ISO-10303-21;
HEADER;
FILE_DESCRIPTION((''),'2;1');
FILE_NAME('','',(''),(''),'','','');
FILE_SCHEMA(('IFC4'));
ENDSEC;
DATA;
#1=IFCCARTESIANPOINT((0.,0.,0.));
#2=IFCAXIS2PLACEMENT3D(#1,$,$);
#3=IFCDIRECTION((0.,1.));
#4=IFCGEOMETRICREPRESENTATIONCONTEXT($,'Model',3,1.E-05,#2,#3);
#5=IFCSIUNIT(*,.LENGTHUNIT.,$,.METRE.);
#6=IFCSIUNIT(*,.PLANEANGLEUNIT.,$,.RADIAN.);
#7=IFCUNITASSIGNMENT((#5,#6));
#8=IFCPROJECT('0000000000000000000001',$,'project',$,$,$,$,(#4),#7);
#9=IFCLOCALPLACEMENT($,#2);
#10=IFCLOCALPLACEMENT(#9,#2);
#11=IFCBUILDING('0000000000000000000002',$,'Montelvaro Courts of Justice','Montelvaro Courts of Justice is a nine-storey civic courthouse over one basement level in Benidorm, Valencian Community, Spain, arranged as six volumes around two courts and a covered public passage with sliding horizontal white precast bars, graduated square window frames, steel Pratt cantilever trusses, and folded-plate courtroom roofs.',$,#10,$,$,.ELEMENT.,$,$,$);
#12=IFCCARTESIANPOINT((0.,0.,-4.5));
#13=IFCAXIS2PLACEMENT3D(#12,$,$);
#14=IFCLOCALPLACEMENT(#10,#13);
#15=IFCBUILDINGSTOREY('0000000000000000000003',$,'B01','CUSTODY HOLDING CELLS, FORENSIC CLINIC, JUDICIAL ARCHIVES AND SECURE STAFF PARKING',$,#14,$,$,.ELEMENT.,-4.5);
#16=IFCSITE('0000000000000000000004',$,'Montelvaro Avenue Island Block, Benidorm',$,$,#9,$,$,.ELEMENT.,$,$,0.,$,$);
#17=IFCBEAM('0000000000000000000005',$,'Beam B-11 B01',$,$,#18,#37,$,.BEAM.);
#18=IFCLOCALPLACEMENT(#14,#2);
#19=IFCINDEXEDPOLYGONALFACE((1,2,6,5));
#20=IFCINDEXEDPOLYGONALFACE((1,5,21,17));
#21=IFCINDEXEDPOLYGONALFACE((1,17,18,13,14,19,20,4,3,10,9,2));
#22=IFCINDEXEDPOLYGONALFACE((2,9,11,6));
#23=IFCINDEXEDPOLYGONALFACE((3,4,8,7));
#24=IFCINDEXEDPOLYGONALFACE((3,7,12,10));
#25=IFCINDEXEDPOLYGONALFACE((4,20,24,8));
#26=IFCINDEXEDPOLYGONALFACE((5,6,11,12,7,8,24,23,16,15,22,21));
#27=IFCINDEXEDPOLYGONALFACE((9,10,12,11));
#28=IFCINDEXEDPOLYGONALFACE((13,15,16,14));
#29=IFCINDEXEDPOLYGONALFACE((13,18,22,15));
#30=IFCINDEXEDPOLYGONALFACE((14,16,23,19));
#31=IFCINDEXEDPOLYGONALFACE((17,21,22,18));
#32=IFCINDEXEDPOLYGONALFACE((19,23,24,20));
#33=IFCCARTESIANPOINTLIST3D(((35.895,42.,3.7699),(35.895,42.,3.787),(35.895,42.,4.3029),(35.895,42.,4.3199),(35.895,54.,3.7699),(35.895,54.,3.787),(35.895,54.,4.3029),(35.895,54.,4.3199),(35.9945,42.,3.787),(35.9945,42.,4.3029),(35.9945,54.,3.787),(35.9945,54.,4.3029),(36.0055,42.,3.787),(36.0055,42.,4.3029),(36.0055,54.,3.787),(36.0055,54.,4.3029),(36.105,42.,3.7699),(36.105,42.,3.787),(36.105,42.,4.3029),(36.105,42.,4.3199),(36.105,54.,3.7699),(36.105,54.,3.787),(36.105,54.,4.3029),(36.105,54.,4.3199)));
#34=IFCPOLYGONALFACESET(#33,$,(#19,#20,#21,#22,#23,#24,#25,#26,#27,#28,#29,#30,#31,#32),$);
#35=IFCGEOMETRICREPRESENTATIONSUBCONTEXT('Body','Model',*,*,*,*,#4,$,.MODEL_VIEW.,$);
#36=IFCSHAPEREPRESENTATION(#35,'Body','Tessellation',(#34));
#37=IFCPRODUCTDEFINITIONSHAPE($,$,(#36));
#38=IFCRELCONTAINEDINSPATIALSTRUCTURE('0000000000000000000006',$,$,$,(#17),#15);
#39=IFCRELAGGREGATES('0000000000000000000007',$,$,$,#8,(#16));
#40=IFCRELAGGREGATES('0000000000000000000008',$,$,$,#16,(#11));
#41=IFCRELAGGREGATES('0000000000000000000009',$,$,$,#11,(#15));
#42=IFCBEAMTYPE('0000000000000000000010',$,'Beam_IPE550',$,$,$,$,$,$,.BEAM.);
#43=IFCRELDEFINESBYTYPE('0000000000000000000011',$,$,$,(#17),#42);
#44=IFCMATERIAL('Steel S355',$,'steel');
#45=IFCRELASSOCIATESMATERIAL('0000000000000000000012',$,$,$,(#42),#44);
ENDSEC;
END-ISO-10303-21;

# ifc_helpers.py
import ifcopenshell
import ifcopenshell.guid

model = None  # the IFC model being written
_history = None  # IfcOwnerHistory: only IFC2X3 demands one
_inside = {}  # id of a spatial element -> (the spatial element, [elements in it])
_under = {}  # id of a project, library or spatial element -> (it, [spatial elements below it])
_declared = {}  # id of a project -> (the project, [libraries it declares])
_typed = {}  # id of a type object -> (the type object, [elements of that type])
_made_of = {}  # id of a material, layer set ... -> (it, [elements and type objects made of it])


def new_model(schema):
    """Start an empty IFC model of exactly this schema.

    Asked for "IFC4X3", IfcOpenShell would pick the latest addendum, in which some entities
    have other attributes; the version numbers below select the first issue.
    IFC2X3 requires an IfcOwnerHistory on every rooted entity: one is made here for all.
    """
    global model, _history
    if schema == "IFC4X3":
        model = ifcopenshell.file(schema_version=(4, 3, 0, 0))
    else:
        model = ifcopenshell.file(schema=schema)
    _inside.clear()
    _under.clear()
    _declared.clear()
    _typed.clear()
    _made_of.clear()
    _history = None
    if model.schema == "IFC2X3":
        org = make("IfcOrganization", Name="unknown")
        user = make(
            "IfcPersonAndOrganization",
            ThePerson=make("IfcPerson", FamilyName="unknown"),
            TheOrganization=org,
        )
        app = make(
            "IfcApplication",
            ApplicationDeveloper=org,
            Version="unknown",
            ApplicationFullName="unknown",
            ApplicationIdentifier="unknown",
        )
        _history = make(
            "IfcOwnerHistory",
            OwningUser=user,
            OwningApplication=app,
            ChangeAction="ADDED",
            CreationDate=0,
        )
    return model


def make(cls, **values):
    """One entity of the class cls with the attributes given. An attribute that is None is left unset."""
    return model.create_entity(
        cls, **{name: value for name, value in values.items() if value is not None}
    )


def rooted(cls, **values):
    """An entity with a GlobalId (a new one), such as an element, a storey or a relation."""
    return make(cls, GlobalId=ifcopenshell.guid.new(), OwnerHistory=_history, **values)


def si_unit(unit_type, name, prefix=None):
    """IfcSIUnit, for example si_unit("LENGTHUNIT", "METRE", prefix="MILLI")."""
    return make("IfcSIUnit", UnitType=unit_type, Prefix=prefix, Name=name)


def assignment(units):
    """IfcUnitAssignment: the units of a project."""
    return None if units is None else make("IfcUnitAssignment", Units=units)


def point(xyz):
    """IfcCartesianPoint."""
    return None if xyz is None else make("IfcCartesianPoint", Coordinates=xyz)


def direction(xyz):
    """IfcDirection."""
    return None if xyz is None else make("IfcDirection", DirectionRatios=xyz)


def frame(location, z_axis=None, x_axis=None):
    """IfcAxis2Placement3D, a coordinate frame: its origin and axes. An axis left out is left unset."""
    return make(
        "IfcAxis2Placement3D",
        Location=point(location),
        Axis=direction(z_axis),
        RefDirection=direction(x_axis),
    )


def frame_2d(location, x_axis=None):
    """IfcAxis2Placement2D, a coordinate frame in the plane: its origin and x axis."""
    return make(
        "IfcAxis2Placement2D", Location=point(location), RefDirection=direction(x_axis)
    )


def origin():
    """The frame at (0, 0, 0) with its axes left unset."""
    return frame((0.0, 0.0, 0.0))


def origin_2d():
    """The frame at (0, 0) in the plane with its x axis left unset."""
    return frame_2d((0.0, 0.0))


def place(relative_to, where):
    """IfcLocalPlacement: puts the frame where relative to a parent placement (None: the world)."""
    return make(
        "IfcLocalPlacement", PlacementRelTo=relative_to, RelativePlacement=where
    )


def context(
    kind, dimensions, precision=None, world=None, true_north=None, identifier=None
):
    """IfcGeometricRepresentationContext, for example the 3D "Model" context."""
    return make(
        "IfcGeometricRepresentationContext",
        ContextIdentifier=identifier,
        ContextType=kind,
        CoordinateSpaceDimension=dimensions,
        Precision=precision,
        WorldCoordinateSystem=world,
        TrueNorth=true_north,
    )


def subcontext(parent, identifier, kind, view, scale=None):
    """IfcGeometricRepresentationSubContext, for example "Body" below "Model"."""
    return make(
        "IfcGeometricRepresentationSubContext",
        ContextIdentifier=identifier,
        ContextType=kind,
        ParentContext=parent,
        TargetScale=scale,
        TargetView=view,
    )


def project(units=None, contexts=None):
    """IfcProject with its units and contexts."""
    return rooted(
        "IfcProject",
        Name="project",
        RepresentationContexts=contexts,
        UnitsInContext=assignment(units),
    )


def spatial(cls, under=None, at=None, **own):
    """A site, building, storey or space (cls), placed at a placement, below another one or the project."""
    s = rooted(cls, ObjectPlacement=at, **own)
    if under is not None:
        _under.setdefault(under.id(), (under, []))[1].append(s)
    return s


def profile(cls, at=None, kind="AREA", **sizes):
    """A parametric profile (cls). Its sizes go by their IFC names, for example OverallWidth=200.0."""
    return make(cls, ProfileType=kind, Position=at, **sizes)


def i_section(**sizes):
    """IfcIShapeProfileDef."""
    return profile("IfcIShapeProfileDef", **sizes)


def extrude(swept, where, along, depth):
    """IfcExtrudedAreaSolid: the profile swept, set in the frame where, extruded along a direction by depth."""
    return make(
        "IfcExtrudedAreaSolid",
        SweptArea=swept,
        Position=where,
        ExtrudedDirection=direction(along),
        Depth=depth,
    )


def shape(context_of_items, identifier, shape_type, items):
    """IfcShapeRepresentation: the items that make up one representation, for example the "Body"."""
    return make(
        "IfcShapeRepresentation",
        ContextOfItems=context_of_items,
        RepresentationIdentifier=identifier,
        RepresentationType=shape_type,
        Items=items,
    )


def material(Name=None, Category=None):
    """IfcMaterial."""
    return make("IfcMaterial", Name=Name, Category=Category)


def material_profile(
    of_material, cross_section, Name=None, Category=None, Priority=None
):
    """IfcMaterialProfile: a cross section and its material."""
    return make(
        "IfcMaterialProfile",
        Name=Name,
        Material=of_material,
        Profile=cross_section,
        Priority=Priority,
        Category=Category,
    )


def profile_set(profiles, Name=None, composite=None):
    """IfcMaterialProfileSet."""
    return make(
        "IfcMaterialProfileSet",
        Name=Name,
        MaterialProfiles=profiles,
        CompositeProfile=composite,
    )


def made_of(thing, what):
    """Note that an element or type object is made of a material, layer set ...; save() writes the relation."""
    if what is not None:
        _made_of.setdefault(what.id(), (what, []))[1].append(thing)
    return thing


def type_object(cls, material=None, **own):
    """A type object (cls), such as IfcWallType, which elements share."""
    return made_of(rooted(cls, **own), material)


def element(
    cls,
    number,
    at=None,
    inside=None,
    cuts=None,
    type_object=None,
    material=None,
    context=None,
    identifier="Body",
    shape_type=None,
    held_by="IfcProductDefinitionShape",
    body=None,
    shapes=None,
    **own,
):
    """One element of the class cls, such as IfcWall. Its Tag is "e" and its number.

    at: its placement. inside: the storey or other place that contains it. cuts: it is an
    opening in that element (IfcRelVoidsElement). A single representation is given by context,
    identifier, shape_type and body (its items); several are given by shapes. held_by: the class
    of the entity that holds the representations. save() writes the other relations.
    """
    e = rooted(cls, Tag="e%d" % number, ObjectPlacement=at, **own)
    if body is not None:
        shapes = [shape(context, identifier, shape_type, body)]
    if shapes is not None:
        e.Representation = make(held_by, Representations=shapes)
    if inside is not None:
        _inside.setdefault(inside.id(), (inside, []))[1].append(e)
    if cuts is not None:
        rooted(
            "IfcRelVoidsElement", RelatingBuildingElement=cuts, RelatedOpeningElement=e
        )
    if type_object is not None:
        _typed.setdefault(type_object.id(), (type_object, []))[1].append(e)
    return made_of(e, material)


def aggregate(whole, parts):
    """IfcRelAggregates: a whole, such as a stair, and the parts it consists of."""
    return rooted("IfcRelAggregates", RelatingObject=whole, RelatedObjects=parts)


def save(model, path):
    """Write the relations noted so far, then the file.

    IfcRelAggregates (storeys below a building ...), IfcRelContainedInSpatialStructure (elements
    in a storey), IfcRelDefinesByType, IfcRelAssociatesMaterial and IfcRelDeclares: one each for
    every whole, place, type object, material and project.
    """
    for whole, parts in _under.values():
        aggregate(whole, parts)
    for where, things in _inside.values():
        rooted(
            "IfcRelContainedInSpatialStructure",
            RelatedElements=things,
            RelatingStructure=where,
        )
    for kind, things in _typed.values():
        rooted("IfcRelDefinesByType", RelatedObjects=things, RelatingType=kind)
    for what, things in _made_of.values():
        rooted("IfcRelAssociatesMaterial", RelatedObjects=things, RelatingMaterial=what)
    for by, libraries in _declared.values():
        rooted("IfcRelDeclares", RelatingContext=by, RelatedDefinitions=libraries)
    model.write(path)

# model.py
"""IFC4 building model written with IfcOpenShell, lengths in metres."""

from ifc_helpers import new_model, si_unit, direction, frame, origin, origin_2d, place, context, subcontext, project, spatial, i_section, extrude, material, material_profile, profile_set, type_object, element, save


model = new_model("IFC4")

# Units and contexts
model_context = context("Model", 3, precision=1e-05, world=origin(), true_north=direction((0.0, 1.0)))
body_context = subcontext(model_context, "Body", "Model", "MODEL_VIEW")
ifc_project = project(units=[si_unit("LENGTHUNIT", "METRE"), si_unit("PLANEANGLEUNIT", "RADIAN")], contexts=[model_context])

# Site, building, storey
site_placement = place(None, origin())
site = spatial("IfcSite", under=ifc_project, at=site_placement, Name="Montelvaro Avenue Island Block, Benidorm", CompositionType="ELEMENT", RefElevation=0.0)
building_placement = place(site_placement, origin())
building = spatial("IfcBuilding", under=site, at=building_placement, Name="Montelvaro Courts of Justice", Description="Montelvaro Courts of Justice is a nine-storey civic courthouse over one basement level in Benidorm, Valencian Community, Spain, arranged as six volumes around two courts and a covered public passage with sliding horizontal white precast bars, graduated square window frames, steel Pratt cantilever trusses, and folded-plate courtroom roofs.", CompositionType="ELEMENT")
storey_placement = place(building_placement, frame((0.0, 0.0, -4.5)))
storey = spatial("IfcBuildingStorey", under=building, at=storey_placement, Name="B01", Description="CUSTODY HOLDING CELLS, FORENSIC CLINIC, JUDICIAL ARCHIVES AND SECURE STAFF PARKING", CompositionType="ELEMENT", Elevation=-4.5)

# Beam
ifc_material_1 = material(Name="Steel S355", Category="steel")
ifc_material_profile_1 = material_profile(ifc_material_1, i_section(OverallWidth=0.21, OverallDepth=0.55, WebThickness=0.011, FlangeThickness=0.0171, at=origin_2d()), Name="IPE 550")
ifc_profile_set_1 = profile_set([ifc_material_profile_1], Name="Steel S355")
beam_type_1 = type_object("IfcBeamType", Name="Beam_IPE550", PredefinedType="BEAM", material=ifc_profile_set_1)
beam_1_placement = place(storey_placement, frame((36.0, 42.0, 4.0449), z_axis=(0.0, 1.0, 0.0), x_axis=(-1.0, 0.0, 0.0)))
element("IfcBeam", 1, at=beam_1_placement, inside=storey, type_object=beam_type_1, Name="Beam B-11 B01", PredefinedType="BEAM", context=body_context, shape_type="SweptSolid", body=[
    extrude(i_section(OverallWidth=0.21, OverallDepth=0.55, WebThickness=0.011, FlangeThickness=0.0171, at=origin_2d()), origin(), (0.0, 0.0, 1.0), 12.0),
])

save(model, "model.ifc")
